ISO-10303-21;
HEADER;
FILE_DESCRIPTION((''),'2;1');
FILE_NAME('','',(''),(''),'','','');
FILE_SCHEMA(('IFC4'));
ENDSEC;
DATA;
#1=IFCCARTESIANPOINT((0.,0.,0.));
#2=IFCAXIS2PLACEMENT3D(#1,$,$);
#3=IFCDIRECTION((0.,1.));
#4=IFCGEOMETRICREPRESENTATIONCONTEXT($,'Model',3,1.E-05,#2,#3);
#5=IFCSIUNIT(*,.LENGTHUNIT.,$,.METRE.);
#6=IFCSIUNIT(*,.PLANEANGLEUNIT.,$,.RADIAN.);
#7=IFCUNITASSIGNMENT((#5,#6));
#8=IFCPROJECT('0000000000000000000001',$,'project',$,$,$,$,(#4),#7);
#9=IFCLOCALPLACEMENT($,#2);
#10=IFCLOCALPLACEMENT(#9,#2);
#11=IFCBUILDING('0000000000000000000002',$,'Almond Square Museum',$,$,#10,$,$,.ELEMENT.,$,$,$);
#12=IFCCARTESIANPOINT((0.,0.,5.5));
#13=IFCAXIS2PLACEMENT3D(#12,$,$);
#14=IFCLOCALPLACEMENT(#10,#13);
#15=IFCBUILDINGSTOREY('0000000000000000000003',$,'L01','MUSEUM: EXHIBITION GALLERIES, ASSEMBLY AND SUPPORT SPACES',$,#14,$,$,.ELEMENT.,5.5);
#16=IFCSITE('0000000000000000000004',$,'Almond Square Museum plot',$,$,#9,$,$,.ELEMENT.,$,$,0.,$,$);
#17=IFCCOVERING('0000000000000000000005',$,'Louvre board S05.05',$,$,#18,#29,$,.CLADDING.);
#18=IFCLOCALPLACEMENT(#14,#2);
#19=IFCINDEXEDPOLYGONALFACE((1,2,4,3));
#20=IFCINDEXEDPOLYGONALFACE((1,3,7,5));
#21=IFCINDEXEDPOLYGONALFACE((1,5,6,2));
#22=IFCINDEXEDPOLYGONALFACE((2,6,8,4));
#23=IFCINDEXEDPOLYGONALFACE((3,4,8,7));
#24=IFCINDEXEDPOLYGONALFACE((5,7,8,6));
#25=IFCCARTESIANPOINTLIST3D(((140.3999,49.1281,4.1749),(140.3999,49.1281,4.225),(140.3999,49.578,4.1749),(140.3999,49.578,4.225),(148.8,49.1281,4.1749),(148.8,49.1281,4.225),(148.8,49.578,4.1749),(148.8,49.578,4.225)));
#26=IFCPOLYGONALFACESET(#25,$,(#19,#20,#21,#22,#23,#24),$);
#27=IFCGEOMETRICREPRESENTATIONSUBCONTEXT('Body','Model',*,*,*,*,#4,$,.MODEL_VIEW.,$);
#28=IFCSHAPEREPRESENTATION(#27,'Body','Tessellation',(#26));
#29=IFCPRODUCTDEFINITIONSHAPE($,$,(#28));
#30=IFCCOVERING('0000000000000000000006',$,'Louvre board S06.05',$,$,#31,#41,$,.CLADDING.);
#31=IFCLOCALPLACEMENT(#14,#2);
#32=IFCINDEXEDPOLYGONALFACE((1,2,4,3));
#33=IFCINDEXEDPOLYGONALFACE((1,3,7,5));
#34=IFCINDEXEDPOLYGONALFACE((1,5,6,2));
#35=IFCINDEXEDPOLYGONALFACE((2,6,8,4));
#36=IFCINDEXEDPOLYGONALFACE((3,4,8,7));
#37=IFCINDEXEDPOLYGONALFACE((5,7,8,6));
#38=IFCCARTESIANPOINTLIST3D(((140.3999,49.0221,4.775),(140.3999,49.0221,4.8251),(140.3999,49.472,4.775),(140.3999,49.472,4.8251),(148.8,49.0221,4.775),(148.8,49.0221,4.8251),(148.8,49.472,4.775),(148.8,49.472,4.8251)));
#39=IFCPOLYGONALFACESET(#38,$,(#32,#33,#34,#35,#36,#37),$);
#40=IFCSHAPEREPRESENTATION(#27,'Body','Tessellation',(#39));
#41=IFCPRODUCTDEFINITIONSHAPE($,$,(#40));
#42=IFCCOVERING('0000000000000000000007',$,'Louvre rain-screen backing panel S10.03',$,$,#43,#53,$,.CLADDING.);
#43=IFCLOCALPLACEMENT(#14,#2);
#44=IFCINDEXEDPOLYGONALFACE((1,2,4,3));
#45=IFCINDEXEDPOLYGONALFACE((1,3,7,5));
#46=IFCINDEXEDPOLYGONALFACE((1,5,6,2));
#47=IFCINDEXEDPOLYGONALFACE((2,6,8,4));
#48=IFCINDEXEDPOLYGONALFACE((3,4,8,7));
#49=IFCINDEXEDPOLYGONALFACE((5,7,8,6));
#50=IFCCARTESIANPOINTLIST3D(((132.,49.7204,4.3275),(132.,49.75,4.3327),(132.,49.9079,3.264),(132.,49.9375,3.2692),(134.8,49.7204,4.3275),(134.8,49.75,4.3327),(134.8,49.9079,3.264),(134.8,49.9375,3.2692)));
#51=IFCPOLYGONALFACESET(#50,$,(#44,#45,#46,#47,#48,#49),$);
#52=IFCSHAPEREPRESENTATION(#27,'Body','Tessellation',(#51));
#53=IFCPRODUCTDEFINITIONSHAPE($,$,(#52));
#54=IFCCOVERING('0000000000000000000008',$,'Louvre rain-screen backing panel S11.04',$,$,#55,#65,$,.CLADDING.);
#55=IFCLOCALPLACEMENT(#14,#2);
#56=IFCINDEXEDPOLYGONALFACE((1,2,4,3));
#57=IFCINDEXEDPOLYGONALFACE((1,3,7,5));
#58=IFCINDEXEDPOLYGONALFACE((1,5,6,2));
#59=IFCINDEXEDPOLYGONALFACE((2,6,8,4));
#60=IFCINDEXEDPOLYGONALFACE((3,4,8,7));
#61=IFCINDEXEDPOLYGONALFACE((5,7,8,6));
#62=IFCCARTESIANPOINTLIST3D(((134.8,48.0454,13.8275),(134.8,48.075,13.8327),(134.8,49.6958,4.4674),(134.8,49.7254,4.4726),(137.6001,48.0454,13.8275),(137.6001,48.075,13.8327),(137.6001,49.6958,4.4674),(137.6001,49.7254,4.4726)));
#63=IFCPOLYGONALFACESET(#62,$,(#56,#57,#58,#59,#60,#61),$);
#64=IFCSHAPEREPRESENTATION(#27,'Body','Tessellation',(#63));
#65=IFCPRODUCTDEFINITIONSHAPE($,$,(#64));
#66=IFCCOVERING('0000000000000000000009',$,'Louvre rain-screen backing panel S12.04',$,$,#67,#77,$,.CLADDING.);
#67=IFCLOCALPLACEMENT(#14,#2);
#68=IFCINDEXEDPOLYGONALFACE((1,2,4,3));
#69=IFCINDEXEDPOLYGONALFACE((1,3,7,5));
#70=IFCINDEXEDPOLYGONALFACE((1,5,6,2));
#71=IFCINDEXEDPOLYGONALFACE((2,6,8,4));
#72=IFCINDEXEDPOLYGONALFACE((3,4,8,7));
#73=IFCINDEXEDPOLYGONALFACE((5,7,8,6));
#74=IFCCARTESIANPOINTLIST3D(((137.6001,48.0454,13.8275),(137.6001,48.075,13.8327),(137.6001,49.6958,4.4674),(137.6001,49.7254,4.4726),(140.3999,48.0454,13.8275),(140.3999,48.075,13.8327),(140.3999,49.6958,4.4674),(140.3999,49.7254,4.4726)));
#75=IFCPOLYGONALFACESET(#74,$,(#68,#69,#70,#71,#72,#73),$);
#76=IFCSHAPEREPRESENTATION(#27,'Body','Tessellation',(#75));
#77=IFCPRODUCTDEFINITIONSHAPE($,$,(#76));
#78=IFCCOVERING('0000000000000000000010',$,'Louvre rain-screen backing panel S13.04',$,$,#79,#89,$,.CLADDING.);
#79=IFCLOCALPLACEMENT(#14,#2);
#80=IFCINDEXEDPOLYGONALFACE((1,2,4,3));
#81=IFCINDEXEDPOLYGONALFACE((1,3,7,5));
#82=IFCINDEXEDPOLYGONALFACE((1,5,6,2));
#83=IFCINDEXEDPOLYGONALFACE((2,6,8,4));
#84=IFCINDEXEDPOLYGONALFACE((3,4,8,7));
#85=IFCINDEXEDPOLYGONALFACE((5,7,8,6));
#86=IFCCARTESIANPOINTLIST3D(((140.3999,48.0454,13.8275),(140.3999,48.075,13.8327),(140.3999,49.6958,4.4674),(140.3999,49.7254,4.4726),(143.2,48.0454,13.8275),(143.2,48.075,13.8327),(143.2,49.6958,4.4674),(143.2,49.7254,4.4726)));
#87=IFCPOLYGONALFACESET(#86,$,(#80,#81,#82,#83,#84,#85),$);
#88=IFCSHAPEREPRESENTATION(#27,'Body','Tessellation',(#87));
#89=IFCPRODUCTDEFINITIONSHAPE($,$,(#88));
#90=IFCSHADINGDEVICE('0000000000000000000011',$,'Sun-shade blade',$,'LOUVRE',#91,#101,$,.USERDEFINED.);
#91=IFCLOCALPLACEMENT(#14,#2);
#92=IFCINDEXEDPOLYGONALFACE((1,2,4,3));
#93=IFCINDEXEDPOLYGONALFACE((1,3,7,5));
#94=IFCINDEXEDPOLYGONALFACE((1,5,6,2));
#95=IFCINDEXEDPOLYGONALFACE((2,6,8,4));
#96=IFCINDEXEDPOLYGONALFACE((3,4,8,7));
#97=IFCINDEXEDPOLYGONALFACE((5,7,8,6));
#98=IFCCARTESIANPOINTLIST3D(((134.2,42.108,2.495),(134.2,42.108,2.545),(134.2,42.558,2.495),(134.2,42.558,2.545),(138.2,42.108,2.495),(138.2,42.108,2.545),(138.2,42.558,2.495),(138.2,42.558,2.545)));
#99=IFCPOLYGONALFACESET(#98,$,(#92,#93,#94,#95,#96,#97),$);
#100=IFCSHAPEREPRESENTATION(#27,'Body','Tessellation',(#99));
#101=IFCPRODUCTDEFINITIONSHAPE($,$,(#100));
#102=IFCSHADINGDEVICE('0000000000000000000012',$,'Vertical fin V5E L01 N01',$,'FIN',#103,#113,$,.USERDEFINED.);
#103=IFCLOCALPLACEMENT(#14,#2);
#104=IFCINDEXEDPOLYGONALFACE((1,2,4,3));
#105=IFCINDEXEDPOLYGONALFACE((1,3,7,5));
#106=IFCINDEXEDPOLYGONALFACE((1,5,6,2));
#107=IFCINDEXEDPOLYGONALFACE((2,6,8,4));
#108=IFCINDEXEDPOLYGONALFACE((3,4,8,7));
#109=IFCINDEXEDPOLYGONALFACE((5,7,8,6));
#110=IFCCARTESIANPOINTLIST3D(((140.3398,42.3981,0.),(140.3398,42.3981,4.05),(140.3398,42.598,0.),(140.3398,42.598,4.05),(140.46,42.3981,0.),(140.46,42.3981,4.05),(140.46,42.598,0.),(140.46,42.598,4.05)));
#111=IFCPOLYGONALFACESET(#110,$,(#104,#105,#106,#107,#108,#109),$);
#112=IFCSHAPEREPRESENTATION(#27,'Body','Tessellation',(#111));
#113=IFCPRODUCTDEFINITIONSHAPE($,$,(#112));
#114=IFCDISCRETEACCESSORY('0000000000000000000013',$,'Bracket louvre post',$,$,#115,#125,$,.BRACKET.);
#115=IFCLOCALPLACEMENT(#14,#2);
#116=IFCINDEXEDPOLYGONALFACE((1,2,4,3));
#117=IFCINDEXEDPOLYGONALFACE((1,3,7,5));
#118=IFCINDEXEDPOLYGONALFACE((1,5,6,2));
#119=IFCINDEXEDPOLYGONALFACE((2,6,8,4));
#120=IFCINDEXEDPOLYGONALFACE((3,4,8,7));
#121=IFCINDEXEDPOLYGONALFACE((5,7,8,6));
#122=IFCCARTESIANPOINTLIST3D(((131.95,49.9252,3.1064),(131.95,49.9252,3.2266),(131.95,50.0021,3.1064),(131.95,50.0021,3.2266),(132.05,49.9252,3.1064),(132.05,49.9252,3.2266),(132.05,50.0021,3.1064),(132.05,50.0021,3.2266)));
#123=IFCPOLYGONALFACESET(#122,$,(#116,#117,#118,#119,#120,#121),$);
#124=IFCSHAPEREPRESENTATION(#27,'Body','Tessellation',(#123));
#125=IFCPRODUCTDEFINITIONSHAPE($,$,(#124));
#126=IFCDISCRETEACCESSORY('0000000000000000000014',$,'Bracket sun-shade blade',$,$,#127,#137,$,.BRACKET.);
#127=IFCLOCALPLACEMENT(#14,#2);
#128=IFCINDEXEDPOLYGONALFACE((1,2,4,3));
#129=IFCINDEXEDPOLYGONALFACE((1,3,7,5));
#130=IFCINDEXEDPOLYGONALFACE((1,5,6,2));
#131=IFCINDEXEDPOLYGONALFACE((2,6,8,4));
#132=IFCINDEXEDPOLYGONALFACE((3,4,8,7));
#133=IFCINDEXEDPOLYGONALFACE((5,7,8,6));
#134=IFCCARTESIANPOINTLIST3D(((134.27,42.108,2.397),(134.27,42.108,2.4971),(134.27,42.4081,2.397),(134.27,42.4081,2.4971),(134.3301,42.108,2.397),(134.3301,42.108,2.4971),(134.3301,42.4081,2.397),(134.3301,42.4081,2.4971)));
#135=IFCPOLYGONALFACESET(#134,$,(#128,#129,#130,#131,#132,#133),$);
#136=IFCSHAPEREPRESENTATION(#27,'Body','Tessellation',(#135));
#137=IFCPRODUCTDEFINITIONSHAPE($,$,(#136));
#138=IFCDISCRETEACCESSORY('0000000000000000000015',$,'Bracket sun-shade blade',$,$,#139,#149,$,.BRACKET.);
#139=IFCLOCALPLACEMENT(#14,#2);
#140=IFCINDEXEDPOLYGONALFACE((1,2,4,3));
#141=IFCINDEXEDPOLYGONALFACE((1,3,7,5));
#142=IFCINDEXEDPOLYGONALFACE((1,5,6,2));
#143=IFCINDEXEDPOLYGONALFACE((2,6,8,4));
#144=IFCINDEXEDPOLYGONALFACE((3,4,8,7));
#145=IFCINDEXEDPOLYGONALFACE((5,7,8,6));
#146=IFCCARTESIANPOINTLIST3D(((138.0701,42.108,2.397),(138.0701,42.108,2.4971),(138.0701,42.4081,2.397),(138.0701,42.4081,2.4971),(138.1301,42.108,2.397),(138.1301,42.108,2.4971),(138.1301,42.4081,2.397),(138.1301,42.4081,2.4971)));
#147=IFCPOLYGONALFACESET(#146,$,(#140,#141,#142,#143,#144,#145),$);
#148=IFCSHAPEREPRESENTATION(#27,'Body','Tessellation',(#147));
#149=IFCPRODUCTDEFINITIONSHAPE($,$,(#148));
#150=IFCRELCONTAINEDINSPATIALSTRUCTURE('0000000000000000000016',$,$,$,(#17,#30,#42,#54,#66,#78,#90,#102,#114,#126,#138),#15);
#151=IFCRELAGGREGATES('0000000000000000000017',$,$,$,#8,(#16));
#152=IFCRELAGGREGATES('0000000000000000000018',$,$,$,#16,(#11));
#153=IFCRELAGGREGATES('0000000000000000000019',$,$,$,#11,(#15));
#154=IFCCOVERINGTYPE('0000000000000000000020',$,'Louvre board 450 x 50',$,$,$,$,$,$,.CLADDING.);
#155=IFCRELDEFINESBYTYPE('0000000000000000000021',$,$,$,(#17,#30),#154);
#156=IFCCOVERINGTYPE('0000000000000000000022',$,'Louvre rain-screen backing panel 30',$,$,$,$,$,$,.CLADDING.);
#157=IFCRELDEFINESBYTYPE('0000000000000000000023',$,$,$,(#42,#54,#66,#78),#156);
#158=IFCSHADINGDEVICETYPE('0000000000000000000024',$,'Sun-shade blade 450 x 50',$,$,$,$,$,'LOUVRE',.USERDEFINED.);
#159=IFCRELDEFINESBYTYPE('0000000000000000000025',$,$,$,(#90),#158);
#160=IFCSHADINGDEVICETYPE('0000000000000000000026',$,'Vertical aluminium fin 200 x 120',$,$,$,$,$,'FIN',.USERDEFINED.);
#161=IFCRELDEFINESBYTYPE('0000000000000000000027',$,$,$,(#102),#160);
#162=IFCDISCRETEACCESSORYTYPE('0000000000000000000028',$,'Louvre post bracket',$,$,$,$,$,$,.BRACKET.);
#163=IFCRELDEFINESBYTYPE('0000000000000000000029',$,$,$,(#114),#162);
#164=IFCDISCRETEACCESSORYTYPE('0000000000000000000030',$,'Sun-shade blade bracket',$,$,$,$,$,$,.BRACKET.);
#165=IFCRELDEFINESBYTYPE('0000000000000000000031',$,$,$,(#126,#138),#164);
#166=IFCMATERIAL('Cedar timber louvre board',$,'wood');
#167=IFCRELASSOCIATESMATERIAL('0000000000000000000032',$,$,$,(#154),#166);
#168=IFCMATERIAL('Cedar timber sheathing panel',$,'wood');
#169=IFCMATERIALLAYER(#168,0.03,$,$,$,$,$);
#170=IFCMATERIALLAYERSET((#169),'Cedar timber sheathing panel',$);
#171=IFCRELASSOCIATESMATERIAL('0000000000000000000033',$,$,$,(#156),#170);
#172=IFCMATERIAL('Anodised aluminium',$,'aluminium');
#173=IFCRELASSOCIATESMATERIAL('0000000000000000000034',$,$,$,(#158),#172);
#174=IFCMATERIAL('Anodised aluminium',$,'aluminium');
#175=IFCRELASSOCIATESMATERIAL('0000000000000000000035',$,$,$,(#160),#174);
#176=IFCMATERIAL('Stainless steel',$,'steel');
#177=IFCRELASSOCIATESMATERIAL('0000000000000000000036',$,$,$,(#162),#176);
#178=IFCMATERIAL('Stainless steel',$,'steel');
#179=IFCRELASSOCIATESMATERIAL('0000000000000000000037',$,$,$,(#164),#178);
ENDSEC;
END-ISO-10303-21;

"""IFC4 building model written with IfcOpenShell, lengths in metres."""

from ifc_helpers import new_model, si_unit, direction, frame, origin, origin_2d, place, context, subcontext, project, spatial, polyline, rectangle, outline, extrude, material, layer, layer_set, material_profile, profile_set, type_object, element, save


model = new_model("IFC4")

# Units and contexts
model_context = context("Model", 3, precision=1e-05, world=origin(), true_north=direction((0.0, 1.0)))
body_context = subcontext(model_context, "Body", "Model", "MODEL_VIEW")
ifc_project = project(units=[si_unit("LENGTHUNIT", "METRE"), si_unit("PLANEANGLEUNIT", "RADIAN")], contexts=[model_context])

# Site, building, storey
site_placement = place(None, origin())
site = spatial("IfcSite", under=ifc_project, at=site_placement, Name="Almond Square Museum plot", CompositionType="ELEMENT", RefElevation=0.0)
building_placement = place(site_placement, origin())
building = spatial("IfcBuilding", under=site, at=building_placement, Name="Almond Square Museum", CompositionType="ELEMENT")
storey_placement = place(building_placement, frame((0.0, 0.0, 5.5)))
storey = spatial("IfcBuildingStorey", under=building, at=storey_placement, Name="L01", Description="MUSEUM: EXHIBITION GALLERIES, ASSEMBLY AND SUPPORT SPACES", CompositionType="ELEMENT", Elevation=5.5)

# Coverings
ifc_material_1 = material(Name="Cedar timber louvre board", Category="wood")
ifc_material_profile_1 = material_profile(ifc_material_1, rectangle(XDim=0.45, YDim=0.05, at=origin_2d()))
ifc_profile_set_1 = profile_set([ifc_material_profile_1], Name="Cedar timber louvre board")
covering_type_1 = type_object("IfcCoveringType", Name="Louvre board 450 x 50", PredefinedType="CLADDING", material=ifc_profile_set_1)
for number, where, z_axis, x_axis, name in (
    (1, (140.3999, 49.353, 4.2), (1.0, 0.0, 0.0), (0.0, 1.0, 0.0), "Louvre board S05.05"),
    (2, (140.3999, 49.2471, 4.8), (1.0, 0.0, 0.0), (0.0, 1.0, 0.0), "Louvre board S06.05"),
):
    element("IfcCovering", number, at=place(storey_placement, frame(where, z_axis=z_axis, x_axis=x_axis)), inside=storey, type_object=covering_type_1, Name=name, PredefinedType="CLADDING", context=body_context, shape_type="SweptSolid", body=[
        extrude(rectangle(XDim=0.45, YDim=0.05, at=origin_2d()), origin(), (0.0, 0.0, 1.0), 8.4001),
    ])
ifc_material_2 = material(Name="Cedar timber sheathing panel", Category="wood")
ifc_layer_1 = layer(ifc_material_2, 0.03)
ifc_layer_set_1 = layer_set([ifc_layer_1], Name="Cedar timber sheathing panel")
covering_type_2 = type_object("IfcCoveringType", Name="Louvre rain-screen backing panel 30", PredefinedType="CLADDING", material=ifc_layer_set_1)
covering_1_placement = place(storey_placement, frame((132.0, 49.9226, 3.2666), z_axis=(0.0, -0.984811, -0.173631), x_axis=(1.0, 0.0, 0.0)))
element("IfcCovering", 3, at=covering_1_placement, inside=storey, type_object=covering_type_2, Name="Louvre rain-screen backing panel S10.03", PredefinedType="CLADDING", context=body_context, shape_type="SweptSolid", body=[
    extrude(outline(polyline([(0.0, 0.0), (2.8, 0.0), (2.8, 1.0799), (0.0, 1.0799), (0.0, 0.0)])), frame((0.0, 0.0, -0.0151)), (0.0, 0.0, 1.0), 0.03),
])
covering_2_placement = place(storey_placement, frame((134.8, 49.7104, 4.47), z_axis=(0.0, -0.984809, -0.173643), x_axis=(1.0, 0.0, 0.0)))
element("IfcCovering", 4, at=covering_2_placement, inside=storey, type_object=covering_type_2, Name="Louvre rain-screen backing panel S11.04", PredefinedType="CLADDING", context=body_context, shape_type="SweptSolid", body=[
    extrude(outline(polyline([(0.0, 0.0), (2.8, 0.0), (2.8, 9.5045), (0.0, 9.5045), (0.0, 0.0)])), frame((0.0, 0.0, -0.0151)), (0.0, 0.0, 1.0), 0.03),
])
covering_3_placement = place(storey_placement, frame((137.6001, 49.7104, 4.47), z_axis=(0.0, -0.984809, -0.173643), x_axis=(1.0, 0.0, 0.0)))
element("IfcCovering", 5, at=covering_3_placement, inside=storey, type_object=covering_type_2, Name="Louvre rain-screen backing panel S12.04", PredefinedType="CLADDING", context=body_context, shape_type="SweptSolid", body=[
    extrude(outline(polyline([(0.0, 0.0), (2.7998, 0.0), (2.7998, 9.5045), (0.0, 9.5045), (0.0, 0.0)])), frame((0.0, 0.0, -0.0151)), (0.0, 0.0, 1.0), 0.03),
])
covering_4_placement = place(storey_placement, frame((140.3999, 49.7104, 4.47), z_axis=(0.0, -0.984809, -0.173643), x_axis=(1.0, 0.0, 0.0)))
element("IfcCovering", 6, at=covering_4_placement, inside=storey, type_object=covering_type_2, Name="Louvre rain-screen backing panel S13.04", PredefinedType="CLADDING", context=body_context, shape_type="SweptSolid", body=[
    extrude(outline(polyline([(0.0, 0.0), (2.8, 0.0), (2.8, 9.5045), (0.0, 9.5045), (0.0, 0.0)])), frame((0.0, 0.0, -0.0151)), (0.0, 0.0, 1.0), 0.03),
])

# Shading devices
ifc_material_3 = material(Name="Anodised aluminium", Category="aluminium")
ifc_material_profile_2 = material_profile(ifc_material_3, rectangle(XDim=0.45, YDim=0.05, at=origin_2d()))
ifc_profile_set_2 = profile_set([ifc_material_profile_2], Name="Anodised aluminium")
shading_device_type_1 = type_object("IfcShadingDeviceType", Name="Sun-shade blade 450 x 50", ElementType="LOUVRE", PredefinedType="USERDEFINED", material=ifc_profile_set_2)
shading_device_1_placement = place(storey_placement, frame((134.2, 42.333, 2.52), z_axis=(1.0, 0.0, 0.0), x_axis=(0.0, 1.0, 0.0)))
element("IfcShadingDevice", 7, at=shading_device_1_placement, inside=storey, type_object=shading_device_type_1, Name="Sun-shade blade", ObjectType="LOUVRE", PredefinedType="USERDEFINED", context=body_context, shape_type="SweptSolid", body=[
    extrude(rectangle(XDim=0.45, YDim=0.05, at=origin_2d()), origin(), (0.0, 0.0, 1.0), 4.0),
])
ifc_material_4 = material(Name="Anodised aluminium", Category="aluminium")
ifc_material_profile_3 = material_profile(ifc_material_4, rectangle(XDim=0.2, YDim=0.1201, at=origin_2d()))
ifc_profile_set_3 = profile_set([ifc_material_profile_3], Name="Anodised aluminium")
shading_device_type_2 = type_object("IfcShadingDeviceType", Name="Vertical aluminium fin 200 x 120", ElementType="FIN", PredefinedType="USERDEFINED", material=ifc_profile_set_3)
shading_device_2_placement = place(storey_placement, frame((140.3999, 42.498, 0.0), z_axis=(0.0, 0.0, 1.0), x_axis=(0.0, 1.0, 0.0)))
element("IfcShadingDevice", 8, at=shading_device_2_placement, inside=storey, type_object=shading_device_type_2, Name="Vertical fin V5E L01 N01", ObjectType="FIN", PredefinedType="USERDEFINED", context=body_context, shape_type="SweptSolid", body=[
    extrude(rectangle(XDim=0.2, YDim=0.1201, at=origin_2d()), origin(), (0.0, 0.0, 1.0), 4.05),
])

# Discrete accessories
ifc_material_5 = material(Name="Stainless steel", Category="steel")
discrete_accessory_type_1 = type_object("IfcDiscreteAccessoryType", Name="Louvre post bracket", PredefinedType="BRACKET", material=ifc_material_5)
discrete_accessory_placement = place(storey_placement, frame((132.0, 49.9636, 3.1064), z_axis=(0.0, 0.0, 1.0), x_axis=(1.0, 0.0, 0.0)))
element("IfcDiscreteAccessory", 9, at=discrete_accessory_placement, inside=storey, type_object=discrete_accessory_type_1, Name="Bracket louvre post", PredefinedType="BRACKET", context=body_context, shape_type="SweptSolid", body=[
    extrude(rectangle(XDim=0.1001, YDim=0.0769, at=origin_2d()), origin(), (0.0, 0.0, 1.0), 0.1201),
])
ifc_material_6 = material(Name="Stainless steel", Category="steel")
discrete_accessory_type_2 = type_object("IfcDiscreteAccessoryType", Name="Sun-shade blade bracket", PredefinedType="BRACKET", material=ifc_material_6)
for number, where, z_axis, x_axis, name in (
    (10, (134.3, 42.2581, 2.397), (0.0, 0.0, 1.0), (1.0, 0.0, 0.0), "Bracket sun-shade blade"),
    (11, (138.1001, 42.2581, 2.397), (0.0, 0.0, 1.0), (1.0, 0.0, 0.0), "Bracket sun-shade blade"),
):
    element("IfcDiscreteAccessory", number, at=place(storey_placement, frame(where, z_axis=z_axis, x_axis=x_axis)), inside=storey, type_object=discrete_accessory_type_2, Name=name, PredefinedType="BRACKET", context=body_context, shape_type="SweptSolid", body=[
        extrude(rectangle(XDim=0.0601, YDim=0.3, at=origin_2d()), origin(), (0.0, 0.0, 1.0), 0.1001),
    ])

save(model, "model.ifc")
